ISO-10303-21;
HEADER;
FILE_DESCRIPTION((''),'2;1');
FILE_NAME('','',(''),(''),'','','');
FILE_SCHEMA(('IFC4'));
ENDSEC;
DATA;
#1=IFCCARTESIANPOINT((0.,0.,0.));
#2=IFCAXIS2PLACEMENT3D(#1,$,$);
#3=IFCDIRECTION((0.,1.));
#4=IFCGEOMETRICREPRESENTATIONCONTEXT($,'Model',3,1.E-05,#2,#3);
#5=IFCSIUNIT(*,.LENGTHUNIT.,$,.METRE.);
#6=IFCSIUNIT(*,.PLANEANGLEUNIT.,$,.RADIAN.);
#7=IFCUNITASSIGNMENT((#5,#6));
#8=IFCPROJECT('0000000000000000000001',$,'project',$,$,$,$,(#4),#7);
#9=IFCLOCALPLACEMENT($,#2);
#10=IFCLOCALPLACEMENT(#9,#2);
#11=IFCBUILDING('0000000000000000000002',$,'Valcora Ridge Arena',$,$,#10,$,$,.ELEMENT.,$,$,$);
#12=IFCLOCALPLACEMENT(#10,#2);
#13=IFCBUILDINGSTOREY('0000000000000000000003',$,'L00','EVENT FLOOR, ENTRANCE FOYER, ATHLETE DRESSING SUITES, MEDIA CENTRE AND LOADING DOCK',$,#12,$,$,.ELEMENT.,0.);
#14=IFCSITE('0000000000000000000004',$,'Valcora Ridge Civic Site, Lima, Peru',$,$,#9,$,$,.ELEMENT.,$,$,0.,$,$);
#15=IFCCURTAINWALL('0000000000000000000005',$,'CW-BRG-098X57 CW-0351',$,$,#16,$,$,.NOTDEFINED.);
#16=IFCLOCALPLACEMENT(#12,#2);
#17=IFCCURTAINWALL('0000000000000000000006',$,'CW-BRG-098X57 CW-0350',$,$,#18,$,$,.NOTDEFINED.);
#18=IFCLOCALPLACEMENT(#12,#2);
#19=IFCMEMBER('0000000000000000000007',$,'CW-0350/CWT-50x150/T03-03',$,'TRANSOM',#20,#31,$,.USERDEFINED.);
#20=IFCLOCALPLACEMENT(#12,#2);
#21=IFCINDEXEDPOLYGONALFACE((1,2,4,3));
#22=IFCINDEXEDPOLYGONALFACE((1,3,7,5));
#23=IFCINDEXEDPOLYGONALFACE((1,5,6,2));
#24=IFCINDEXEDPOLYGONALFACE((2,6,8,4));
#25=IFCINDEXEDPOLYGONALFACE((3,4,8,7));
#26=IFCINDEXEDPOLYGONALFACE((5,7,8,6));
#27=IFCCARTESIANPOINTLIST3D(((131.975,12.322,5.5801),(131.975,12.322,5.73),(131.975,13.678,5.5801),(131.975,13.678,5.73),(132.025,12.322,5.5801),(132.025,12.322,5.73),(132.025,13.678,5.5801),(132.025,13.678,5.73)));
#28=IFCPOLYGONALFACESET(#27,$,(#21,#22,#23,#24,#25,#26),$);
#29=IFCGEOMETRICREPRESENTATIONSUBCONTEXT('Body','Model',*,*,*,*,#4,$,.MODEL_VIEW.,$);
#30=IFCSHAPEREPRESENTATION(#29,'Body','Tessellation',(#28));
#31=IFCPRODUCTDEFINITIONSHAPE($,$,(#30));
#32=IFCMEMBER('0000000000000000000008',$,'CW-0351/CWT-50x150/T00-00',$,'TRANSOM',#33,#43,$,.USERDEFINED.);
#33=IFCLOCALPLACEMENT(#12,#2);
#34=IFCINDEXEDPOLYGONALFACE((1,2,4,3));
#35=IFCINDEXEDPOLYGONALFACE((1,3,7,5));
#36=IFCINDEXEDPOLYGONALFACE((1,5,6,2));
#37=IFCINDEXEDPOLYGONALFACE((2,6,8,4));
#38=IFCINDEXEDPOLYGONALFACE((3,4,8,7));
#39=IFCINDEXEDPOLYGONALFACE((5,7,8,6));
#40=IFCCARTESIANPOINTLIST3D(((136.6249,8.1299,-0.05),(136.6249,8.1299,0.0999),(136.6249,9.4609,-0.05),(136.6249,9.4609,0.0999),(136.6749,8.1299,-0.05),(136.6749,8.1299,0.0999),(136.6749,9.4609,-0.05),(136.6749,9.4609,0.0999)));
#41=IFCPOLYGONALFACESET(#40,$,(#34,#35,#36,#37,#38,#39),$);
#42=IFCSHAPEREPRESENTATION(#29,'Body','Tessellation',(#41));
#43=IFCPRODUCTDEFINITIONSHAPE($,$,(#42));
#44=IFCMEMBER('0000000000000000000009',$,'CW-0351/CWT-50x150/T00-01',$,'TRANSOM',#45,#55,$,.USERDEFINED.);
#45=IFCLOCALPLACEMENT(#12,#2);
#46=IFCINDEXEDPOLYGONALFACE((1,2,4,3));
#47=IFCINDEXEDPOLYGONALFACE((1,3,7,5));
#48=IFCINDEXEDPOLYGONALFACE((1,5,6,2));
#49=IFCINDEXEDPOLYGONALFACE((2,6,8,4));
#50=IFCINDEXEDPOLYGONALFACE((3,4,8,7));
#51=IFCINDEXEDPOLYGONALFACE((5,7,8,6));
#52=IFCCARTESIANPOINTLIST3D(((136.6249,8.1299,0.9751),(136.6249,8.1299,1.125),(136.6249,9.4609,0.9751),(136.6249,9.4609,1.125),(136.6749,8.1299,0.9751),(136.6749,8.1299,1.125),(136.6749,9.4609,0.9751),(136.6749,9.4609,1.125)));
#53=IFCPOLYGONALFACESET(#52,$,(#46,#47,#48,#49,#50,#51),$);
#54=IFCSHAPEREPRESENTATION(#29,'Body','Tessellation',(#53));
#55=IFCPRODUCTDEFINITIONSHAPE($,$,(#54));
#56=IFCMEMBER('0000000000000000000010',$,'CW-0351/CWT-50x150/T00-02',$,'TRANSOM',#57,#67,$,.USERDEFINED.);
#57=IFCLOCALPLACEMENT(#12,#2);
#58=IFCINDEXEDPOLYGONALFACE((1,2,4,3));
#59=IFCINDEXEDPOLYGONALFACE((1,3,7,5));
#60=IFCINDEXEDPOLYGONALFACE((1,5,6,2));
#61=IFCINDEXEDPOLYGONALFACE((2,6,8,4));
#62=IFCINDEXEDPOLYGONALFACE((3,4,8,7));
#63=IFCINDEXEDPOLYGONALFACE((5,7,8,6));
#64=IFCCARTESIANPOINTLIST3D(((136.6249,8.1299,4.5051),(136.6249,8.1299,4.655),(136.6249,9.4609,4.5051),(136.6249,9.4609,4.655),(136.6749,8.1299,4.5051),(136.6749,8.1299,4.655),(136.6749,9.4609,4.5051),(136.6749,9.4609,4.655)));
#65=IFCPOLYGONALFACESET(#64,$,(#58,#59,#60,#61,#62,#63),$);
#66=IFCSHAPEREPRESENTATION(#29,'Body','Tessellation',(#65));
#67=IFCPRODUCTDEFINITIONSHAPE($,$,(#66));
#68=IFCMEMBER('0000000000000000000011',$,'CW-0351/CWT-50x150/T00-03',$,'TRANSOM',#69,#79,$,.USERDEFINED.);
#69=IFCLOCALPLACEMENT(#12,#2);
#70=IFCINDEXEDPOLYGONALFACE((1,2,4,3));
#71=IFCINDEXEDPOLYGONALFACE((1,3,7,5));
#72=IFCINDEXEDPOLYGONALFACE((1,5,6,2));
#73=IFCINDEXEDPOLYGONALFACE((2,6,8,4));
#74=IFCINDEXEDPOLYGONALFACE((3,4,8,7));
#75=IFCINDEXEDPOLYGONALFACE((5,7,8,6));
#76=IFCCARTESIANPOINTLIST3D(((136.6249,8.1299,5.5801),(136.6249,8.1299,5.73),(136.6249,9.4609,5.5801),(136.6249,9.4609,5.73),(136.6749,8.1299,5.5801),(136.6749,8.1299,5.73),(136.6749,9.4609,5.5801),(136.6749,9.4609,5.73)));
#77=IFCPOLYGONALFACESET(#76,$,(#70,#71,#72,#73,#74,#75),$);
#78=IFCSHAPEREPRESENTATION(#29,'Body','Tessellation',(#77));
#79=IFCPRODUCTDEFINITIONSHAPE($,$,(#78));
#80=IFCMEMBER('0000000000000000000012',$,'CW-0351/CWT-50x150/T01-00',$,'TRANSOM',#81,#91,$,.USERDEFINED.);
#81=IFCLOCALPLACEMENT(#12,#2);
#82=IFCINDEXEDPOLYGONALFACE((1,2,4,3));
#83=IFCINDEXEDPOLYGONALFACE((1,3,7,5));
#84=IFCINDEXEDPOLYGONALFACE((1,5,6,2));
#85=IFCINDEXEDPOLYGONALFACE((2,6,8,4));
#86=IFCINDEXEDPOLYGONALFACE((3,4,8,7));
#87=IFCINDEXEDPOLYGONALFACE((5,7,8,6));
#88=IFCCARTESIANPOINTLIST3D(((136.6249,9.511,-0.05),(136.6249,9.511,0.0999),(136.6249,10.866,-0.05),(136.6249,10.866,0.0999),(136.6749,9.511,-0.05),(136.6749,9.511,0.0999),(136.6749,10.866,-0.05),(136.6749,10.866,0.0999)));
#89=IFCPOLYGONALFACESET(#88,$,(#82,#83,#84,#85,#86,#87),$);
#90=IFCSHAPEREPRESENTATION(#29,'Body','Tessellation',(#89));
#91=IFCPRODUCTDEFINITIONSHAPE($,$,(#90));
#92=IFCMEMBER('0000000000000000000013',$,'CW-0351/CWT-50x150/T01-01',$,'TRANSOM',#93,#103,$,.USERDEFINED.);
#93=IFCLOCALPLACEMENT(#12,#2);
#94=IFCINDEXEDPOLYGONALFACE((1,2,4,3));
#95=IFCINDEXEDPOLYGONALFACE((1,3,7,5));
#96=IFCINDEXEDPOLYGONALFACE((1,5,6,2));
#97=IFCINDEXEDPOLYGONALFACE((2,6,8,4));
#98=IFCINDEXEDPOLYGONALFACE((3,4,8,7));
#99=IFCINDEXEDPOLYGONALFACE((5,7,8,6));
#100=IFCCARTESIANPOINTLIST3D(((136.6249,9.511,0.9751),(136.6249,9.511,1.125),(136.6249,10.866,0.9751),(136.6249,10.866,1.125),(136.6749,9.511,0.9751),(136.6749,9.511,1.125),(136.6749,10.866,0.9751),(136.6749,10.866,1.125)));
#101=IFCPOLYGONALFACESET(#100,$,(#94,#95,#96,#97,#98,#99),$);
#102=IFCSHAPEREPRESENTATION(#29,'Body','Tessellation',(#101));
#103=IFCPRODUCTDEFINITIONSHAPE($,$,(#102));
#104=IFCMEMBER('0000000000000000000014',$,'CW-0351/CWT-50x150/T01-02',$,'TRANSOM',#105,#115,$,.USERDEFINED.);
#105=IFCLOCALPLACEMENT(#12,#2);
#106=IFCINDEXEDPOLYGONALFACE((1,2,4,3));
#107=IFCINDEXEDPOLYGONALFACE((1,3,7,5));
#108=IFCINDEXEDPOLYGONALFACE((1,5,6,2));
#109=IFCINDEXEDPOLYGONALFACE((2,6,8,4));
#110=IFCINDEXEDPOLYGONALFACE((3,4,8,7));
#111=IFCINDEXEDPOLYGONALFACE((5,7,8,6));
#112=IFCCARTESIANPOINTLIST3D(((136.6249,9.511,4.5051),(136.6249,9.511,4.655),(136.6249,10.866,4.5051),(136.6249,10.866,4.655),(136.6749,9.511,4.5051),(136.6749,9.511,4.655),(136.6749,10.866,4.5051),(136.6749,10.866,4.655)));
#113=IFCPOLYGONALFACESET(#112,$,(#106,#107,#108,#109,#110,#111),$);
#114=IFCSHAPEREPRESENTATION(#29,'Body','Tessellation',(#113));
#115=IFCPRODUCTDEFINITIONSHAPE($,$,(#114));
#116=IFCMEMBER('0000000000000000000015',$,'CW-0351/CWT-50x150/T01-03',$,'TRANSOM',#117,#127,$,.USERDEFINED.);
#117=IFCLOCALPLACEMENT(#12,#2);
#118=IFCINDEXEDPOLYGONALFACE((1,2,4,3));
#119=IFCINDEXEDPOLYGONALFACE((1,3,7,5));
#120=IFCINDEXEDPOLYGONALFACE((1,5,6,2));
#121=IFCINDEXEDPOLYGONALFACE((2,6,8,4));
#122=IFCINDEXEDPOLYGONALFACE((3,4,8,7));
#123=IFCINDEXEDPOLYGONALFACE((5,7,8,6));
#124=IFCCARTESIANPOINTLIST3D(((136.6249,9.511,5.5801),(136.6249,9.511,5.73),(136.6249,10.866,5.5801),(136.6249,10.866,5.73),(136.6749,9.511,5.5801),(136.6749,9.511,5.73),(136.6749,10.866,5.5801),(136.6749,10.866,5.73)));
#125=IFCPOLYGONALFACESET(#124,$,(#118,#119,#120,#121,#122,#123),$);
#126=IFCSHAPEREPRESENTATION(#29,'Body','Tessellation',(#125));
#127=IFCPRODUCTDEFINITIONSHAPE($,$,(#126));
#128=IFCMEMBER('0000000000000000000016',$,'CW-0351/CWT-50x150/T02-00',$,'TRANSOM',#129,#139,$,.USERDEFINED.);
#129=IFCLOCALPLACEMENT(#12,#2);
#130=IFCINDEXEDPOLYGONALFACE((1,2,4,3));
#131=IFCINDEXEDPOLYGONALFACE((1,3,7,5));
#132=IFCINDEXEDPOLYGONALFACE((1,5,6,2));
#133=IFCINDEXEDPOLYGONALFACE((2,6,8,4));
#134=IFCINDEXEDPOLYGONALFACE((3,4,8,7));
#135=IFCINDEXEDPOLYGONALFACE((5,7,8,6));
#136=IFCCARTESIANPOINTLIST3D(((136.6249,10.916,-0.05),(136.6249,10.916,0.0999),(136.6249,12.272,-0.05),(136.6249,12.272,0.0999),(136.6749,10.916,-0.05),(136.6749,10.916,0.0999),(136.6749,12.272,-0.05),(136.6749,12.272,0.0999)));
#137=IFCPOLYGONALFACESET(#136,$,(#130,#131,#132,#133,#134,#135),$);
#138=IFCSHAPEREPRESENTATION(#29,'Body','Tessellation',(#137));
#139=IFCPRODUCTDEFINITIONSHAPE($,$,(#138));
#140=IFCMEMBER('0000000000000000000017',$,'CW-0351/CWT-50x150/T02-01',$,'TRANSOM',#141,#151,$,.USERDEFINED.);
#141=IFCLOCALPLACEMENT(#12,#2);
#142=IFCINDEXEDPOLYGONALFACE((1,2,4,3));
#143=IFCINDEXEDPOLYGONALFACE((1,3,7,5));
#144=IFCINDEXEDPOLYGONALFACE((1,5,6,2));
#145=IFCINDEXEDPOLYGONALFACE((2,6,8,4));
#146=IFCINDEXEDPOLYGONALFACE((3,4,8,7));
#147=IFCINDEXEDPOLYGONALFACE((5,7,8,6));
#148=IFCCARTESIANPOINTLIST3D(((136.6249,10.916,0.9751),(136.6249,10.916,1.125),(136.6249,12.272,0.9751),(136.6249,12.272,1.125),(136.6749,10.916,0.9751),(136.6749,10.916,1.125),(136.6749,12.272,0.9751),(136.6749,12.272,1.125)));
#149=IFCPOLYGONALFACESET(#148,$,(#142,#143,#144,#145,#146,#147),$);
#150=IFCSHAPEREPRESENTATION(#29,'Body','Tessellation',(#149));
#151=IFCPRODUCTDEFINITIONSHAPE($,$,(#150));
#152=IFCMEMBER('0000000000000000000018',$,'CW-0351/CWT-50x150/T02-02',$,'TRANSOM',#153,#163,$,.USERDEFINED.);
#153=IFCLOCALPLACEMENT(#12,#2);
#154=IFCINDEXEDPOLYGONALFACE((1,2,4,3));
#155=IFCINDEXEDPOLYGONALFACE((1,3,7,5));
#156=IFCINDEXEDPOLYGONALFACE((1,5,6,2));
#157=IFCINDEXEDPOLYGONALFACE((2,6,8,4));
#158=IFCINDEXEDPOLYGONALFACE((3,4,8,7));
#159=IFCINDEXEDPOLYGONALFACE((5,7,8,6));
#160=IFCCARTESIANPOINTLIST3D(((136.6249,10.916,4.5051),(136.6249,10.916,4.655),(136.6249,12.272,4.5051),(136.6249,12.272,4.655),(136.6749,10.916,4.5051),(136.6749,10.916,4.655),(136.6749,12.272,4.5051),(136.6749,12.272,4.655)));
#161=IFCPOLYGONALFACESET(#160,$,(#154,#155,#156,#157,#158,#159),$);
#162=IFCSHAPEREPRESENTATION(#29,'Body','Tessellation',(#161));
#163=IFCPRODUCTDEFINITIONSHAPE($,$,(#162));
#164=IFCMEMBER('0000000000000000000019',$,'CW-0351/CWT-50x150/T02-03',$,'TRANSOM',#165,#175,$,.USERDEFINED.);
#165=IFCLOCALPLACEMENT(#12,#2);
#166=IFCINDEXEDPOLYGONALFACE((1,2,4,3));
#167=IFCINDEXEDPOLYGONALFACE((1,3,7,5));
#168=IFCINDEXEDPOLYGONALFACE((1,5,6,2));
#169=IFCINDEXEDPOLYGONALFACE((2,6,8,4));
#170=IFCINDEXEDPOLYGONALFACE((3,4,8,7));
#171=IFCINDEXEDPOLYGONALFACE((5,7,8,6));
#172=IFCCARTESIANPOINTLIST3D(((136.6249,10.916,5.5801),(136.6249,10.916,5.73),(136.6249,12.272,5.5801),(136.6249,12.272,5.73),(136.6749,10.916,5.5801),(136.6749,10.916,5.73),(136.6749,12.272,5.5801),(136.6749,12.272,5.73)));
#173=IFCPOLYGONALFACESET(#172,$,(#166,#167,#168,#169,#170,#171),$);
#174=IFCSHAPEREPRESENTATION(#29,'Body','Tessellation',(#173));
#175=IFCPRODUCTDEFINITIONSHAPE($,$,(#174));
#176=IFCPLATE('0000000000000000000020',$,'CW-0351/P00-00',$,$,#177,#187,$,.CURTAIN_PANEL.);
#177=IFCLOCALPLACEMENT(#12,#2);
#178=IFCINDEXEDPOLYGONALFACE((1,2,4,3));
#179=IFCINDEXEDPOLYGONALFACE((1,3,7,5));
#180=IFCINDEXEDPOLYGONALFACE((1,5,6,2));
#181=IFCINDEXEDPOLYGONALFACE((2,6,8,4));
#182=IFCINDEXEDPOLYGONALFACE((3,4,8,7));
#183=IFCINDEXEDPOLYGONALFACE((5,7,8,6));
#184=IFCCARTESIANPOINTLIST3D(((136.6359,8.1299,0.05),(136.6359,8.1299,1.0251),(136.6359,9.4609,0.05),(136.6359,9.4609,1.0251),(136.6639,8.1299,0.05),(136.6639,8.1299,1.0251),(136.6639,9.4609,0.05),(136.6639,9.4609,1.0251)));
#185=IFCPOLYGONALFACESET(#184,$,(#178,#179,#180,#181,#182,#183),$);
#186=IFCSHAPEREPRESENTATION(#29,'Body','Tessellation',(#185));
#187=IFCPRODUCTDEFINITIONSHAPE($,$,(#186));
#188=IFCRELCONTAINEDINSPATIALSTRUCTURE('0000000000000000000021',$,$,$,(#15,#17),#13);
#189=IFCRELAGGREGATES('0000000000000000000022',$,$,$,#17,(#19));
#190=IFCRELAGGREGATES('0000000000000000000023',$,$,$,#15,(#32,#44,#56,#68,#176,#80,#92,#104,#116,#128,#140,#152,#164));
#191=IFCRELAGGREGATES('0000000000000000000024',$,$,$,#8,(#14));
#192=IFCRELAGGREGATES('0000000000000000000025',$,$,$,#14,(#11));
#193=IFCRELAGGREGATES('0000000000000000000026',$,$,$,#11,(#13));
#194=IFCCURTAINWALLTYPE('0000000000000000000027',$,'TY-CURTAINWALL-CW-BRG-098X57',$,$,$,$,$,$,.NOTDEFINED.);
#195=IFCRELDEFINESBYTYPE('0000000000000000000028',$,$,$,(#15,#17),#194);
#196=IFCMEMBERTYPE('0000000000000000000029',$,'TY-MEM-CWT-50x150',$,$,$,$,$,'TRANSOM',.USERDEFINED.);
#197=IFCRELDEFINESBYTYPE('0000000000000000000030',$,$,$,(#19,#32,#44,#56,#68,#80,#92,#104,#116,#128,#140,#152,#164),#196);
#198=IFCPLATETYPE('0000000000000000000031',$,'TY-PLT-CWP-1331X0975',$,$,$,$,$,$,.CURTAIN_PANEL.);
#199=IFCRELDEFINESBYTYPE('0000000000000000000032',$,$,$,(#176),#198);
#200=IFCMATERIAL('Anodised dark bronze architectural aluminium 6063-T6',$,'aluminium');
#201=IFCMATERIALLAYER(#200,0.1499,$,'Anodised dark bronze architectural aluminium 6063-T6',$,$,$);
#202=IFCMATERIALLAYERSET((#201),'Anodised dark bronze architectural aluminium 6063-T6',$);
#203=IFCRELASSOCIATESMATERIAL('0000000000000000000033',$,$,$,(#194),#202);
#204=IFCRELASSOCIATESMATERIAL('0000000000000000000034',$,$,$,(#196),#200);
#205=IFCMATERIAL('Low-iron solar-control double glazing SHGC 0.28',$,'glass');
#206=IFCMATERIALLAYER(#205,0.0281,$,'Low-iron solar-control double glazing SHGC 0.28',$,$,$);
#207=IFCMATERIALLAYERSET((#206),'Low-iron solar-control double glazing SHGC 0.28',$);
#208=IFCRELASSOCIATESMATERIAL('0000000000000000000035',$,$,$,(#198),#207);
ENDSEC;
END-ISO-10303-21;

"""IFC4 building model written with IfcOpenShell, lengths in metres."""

from ifc_helpers import new_model, si_unit, direction, frame, origin, origin_2d, place, context, subcontext, project, spatial, rectangle, extrude, material, layer, layer_set, material_profile, profile_set, type_object, element, aggregate, save


model = new_model("IFC4")

# Units and contexts
model_context = context("Model", 3, precision=1e-05, world=origin(), true_north=direction((0.0, 1.0)))
body_context = subcontext(model_context, "Body", "Model", "MODEL_VIEW")
ifc_project = project(units=[si_unit("LENGTHUNIT", "METRE"), si_unit("PLANEANGLEUNIT", "RADIAN")], contexts=[model_context])

# Site, building, storey
site_placement = place(None, origin())
site = spatial("IfcSite", under=ifc_project, at=site_placement, Name="Valcora Ridge Civic Site, Lima, Peru", CompositionType="ELEMENT", RefElevation=0.0)
building_placement = place(site_placement, origin())
building = spatial("IfcBuilding", under=site, at=building_placement, Name="Valcora Ridge Arena", CompositionType="ELEMENT")
storey_placement = place(building_placement, origin())
storey = spatial("IfcBuildingStorey", under=building, at=storey_placement, Name="L00", Description="EVENT FLOOR, ENTRANCE FOYER, ATHLETE DRESSING SUITES, MEDIA CENTRE AND LOADING DOCK", CompositionType="ELEMENT", Elevation=0.0)

# Curtain walls, member
ifc_material_1 = material(Name="Anodised dark bronze architectural aluminium 6063-T6", Category="aluminium")
ifc_layer_1 = layer(ifc_material_1, 0.1499, Name="Anodised dark bronze architectural aluminium 6063-T6")
ifc_layer_set_1 = layer_set([ifc_layer_1], Name="Anodised dark bronze architectural aluminium 6063-T6")
curtain_wall_type = type_object("IfcCurtainWallType", Name="TY-CURTAINWALL-CW-BRG-098X57", PredefinedType="NOTDEFINED", material=ifc_layer_set_1)
curtain_wall_1_placement = place(storey_placement, origin())
curtain_wall_1 = element("IfcCurtainWall", 1, at=curtain_wall_1_placement, inside=storey, type_object=curtain_wall_type, Name="CW-BRG-098X57 CW-0351", PredefinedType="NOTDEFINED")
curtain_wall_2_placement = place(storey_placement, origin())
curtain_wall_2 = element("IfcCurtainWall", 2, at=curtain_wall_2_placement, inside=storey, type_object=curtain_wall_type, Name="CW-BRG-098X57 CW-0350", PredefinedType="NOTDEFINED")
ifc_material_profile_1 = material_profile(ifc_material_1, rectangle(XDim=0.05, YDim=0.1499, at=origin_2d()), Name="ALU TRANSOM 50x150")
ifc_profile_set_1 = profile_set([ifc_material_profile_1], Name="Anodised dark bronze architectural aluminium 6063-T6")
member_type_1 = type_object("IfcMemberType", Name="TY-MEM-CWT-50x150", ElementType="TRANSOM", PredefinedType="USERDEFINED", material=ifc_profile_set_1)
member_1_placement = place(storey_placement, frame((132.0, 12.322, 5.655), z_axis=(0.0, 1.0, 0.0), x_axis=(-1.0, 0.0, 0.0)))
member_1 = element("IfcMember", 3, at=member_1_placement, type_object=member_type_1, Name="CW-0350/CWT-50x150/T03-03", ObjectType="TRANSOM", PredefinedType="USERDEFINED", context=body_context, shape_type="SweptSolid", body=[
    extrude(rectangle(XDim=0.05, YDim=0.1499, at=origin_2d()), origin(), (0.0, 0.0, 1.0), 1.356),
])
aggregate(curtain_wall_2, [member_1])

# Members
member_2_placement = place(storey_placement, frame((136.6499, 8.1299, 0.0249), z_axis=(0.0, 1.0, 0.0), x_axis=(-1.0, 0.0, 0.0)))
member_2 = element("IfcMember", 4, at=member_2_placement, type_object=member_type_1, Name="CW-0351/CWT-50x150/T00-00", ObjectType="TRANSOM", PredefinedType="USERDEFINED", context=body_context, shape_type="SweptSolid", body=[
    extrude(rectangle(XDim=0.05, YDim=0.1499, at=origin_2d()), origin(), (0.0, 0.0, 1.0), 1.3311),
])
member_3_placement = place(storey_placement, frame((136.6499, 8.1299, 1.05), z_axis=(0.0, 1.0, 0.0), x_axis=(-1.0, 0.0, 0.0)))
member_3 = element("IfcMember", 5, at=member_3_placement, type_object=member_type_1, Name="CW-0351/CWT-50x150/T00-01", ObjectType="TRANSOM", PredefinedType="USERDEFINED", context=body_context, shape_type="SweptSolid", body=[
    extrude(rectangle(XDim=0.05, YDim=0.1499, at=origin_2d()), origin(), (0.0, 0.0, 1.0), 1.3311),
])
member_4_placement = place(storey_placement, frame((136.6499, 8.1299, 4.5801), z_axis=(0.0, 1.0, 0.0), x_axis=(-1.0, 0.0, 0.0)))
member_4 = element("IfcMember", 6, at=member_4_placement, type_object=member_type_1, Name="CW-0351/CWT-50x150/T00-02", ObjectType="TRANSOM", PredefinedType="USERDEFINED", context=body_context, shape_type="SweptSolid", body=[
    extrude(rectangle(XDim=0.05, YDim=0.1499, at=origin_2d()), origin(), (0.0, 0.0, 1.0), 1.3311),
])
member_5_placement = place(storey_placement, frame((136.6499, 8.1299, 5.655), z_axis=(0.0, 1.0, 0.0), x_axis=(-1.0, 0.0, 0.0)))
member_5 = element("IfcMember", 7, at=member_5_placement, type_object=member_type_1, Name="CW-0351/CWT-50x150/T00-03", ObjectType="TRANSOM", PredefinedType="USERDEFINED", context=body_context, shape_type="SweptSolid", body=[
    extrude(rectangle(XDim=0.05, YDim=0.1499, at=origin_2d()), origin(), (0.0, 0.0, 1.0), 1.3311),
])
member_6_placement = place(storey_placement, frame((136.6499, 9.511, 0.0249), z_axis=(0.0, 1.0, 0.0), x_axis=(-1.0, 0.0, 0.0)))
member_6 = element("IfcMember", 8, at=member_6_placement, type_object=member_type_1, Name="CW-0351/CWT-50x150/T01-00", ObjectType="TRANSOM", PredefinedType="USERDEFINED", context=body_context, shape_type="SweptSolid", body=[
    extrude(rectangle(XDim=0.05, YDim=0.1499, at=origin_2d()), origin(), (0.0, 0.0, 1.0), 1.355),
])
member_7_placement = place(storey_placement, frame((136.6499, 9.511, 1.05), z_axis=(0.0, 1.0, 0.0), x_axis=(-1.0, 0.0, 0.0)))
member_7 = element("IfcMember", 9, at=member_7_placement, type_object=member_type_1, Name="CW-0351/CWT-50x150/T01-01", ObjectType="TRANSOM", PredefinedType="USERDEFINED", context=body_context, shape_type="SweptSolid", body=[
    extrude(rectangle(XDim=0.05, YDim=0.1499, at=origin_2d()), origin(), (0.0, 0.0, 1.0), 1.355),
])
member_8_placement = place(storey_placement, frame((136.6499, 9.511, 4.5801), z_axis=(0.0, 1.0, 0.0), x_axis=(-1.0, 0.0, 0.0)))
member_8 = element("IfcMember", 10, at=member_8_placement, type_object=member_type_1, Name="CW-0351/CWT-50x150/T01-02", ObjectType="TRANSOM", PredefinedType="USERDEFINED", context=body_context, shape_type="SweptSolid", body=[
    extrude(rectangle(XDim=0.05, YDim=0.1499, at=origin_2d()), origin(), (0.0, 0.0, 1.0), 1.355),
])
member_9_placement = place(storey_placement, frame((136.6499, 9.511, 5.655), z_axis=(0.0, 1.0, 0.0), x_axis=(-1.0, 0.0, 0.0)))
member_9 = element("IfcMember", 11, at=member_9_placement, type_object=member_type_1, Name="CW-0351/CWT-50x150/T01-03", ObjectType="TRANSOM", PredefinedType="USERDEFINED", context=body_context, shape_type="SweptSolid", body=[
    extrude(rectangle(XDim=0.05, YDim=0.1499, at=origin_2d()), origin(), (0.0, 0.0, 1.0), 1.355),
])
member_10_placement = place(storey_placement, frame((136.6499, 10.916, 0.0249), z_axis=(0.0, 1.0, 0.0), x_axis=(-1.0, 0.0, 0.0)))
member_10 = element("IfcMember", 12, at=member_10_placement, type_object=member_type_1, Name="CW-0351/CWT-50x150/T02-00", ObjectType="TRANSOM", PredefinedType="USERDEFINED", context=body_context, shape_type="SweptSolid", body=[
    extrude(rectangle(XDim=0.05, YDim=0.1499, at=origin_2d()), origin(), (0.0, 0.0, 1.0), 1.356),
])
member_11_placement = place(storey_placement, frame((136.6499, 10.916, 1.05), z_axis=(0.0, 1.0, 0.0), x_axis=(-1.0, 0.0, 0.0)))
member_11 = element("IfcMember", 13, at=member_11_placement, type_object=member_type_1, Name="CW-0351/CWT-50x150/T02-01", ObjectType="TRANSOM", PredefinedType="USERDEFINED", context=body_context, shape_type="SweptSolid", body=[
    extrude(rectangle(XDim=0.05, YDim=0.1499, at=origin_2d()), origin(), (0.0, 0.0, 1.0), 1.356),
])
member_12_placement = place(storey_placement, frame((136.6499, 10.916, 4.5801), z_axis=(0.0, 1.0, 0.0), x_axis=(-1.0, 0.0, 0.0)))
member_12 = element("IfcMember", 14, at=member_12_placement, type_object=member_type_1, Name="CW-0351/CWT-50x150/T02-02", ObjectType="TRANSOM", PredefinedType="USERDEFINED", context=body_context, shape_type="SweptSolid", body=[
    extrude(rectangle(XDim=0.05, YDim=0.1499, at=origin_2d()), origin(), (0.0, 0.0, 1.0), 1.356),
])
member_13_placement = place(storey_placement, frame((136.6499, 10.916, 5.655), z_axis=(0.0, 1.0, 0.0), x_axis=(-1.0, 0.0, 0.0)))
member_13 = element("IfcMember", 15, at=member_13_placement, type_object=member_type_1, Name="CW-0351/CWT-50x150/T02-03", ObjectType="TRANSOM", PredefinedType="USERDEFINED", context=body_context, shape_type="SweptSolid", body=[
    extrude(rectangle(XDim=0.05, YDim=0.1499, at=origin_2d()), origin(), (0.0, 0.0, 1.0), 1.356),
])

# Plate
ifc_material_2 = material(Name="Low-iron solar-control double glazing SHGC 0.28", Category="glass")
ifc_layer_2 = layer(ifc_material_2, 0.0281, Name="Low-iron solar-control double glazing SHGC 0.28")
ifc_layer_set_2 = layer_set([ifc_layer_2], Name="Low-iron solar-control double glazing SHGC 0.28")
plate_type_1 = type_object("IfcPlateType", Name="TY-PLT-CWP-1331X0975", PredefinedType="CURTAIN_PANEL", material=ifc_layer_set_2)
plate_1_placement = place(storey_placement, frame((136.6499, 8.7954, 0.05), z_axis=(0.0, 0.0, 1.0), x_axis=(0.0, 1.0, 0.0)))
plate_1 = element("IfcPlate", 16, at=plate_1_placement, type_object=plate_type_1, Name="CW-0351/P00-00", PredefinedType="CURTAIN_PANEL", context=body_context, shape_type="SweptSolid", body=[
    extrude(rectangle(XDim=1.3311, YDim=0.0281, at=origin_2d()), origin(), (0.0, 0.0, 1.0), 0.9751),
])
aggregate(curtain_wall_1, [member_2, member_3, member_4, member_5, plate_1, member_6, member_7, member_8, member_9, member_10, member_11, member_12, member_13])

save(model, "model.ifc")
